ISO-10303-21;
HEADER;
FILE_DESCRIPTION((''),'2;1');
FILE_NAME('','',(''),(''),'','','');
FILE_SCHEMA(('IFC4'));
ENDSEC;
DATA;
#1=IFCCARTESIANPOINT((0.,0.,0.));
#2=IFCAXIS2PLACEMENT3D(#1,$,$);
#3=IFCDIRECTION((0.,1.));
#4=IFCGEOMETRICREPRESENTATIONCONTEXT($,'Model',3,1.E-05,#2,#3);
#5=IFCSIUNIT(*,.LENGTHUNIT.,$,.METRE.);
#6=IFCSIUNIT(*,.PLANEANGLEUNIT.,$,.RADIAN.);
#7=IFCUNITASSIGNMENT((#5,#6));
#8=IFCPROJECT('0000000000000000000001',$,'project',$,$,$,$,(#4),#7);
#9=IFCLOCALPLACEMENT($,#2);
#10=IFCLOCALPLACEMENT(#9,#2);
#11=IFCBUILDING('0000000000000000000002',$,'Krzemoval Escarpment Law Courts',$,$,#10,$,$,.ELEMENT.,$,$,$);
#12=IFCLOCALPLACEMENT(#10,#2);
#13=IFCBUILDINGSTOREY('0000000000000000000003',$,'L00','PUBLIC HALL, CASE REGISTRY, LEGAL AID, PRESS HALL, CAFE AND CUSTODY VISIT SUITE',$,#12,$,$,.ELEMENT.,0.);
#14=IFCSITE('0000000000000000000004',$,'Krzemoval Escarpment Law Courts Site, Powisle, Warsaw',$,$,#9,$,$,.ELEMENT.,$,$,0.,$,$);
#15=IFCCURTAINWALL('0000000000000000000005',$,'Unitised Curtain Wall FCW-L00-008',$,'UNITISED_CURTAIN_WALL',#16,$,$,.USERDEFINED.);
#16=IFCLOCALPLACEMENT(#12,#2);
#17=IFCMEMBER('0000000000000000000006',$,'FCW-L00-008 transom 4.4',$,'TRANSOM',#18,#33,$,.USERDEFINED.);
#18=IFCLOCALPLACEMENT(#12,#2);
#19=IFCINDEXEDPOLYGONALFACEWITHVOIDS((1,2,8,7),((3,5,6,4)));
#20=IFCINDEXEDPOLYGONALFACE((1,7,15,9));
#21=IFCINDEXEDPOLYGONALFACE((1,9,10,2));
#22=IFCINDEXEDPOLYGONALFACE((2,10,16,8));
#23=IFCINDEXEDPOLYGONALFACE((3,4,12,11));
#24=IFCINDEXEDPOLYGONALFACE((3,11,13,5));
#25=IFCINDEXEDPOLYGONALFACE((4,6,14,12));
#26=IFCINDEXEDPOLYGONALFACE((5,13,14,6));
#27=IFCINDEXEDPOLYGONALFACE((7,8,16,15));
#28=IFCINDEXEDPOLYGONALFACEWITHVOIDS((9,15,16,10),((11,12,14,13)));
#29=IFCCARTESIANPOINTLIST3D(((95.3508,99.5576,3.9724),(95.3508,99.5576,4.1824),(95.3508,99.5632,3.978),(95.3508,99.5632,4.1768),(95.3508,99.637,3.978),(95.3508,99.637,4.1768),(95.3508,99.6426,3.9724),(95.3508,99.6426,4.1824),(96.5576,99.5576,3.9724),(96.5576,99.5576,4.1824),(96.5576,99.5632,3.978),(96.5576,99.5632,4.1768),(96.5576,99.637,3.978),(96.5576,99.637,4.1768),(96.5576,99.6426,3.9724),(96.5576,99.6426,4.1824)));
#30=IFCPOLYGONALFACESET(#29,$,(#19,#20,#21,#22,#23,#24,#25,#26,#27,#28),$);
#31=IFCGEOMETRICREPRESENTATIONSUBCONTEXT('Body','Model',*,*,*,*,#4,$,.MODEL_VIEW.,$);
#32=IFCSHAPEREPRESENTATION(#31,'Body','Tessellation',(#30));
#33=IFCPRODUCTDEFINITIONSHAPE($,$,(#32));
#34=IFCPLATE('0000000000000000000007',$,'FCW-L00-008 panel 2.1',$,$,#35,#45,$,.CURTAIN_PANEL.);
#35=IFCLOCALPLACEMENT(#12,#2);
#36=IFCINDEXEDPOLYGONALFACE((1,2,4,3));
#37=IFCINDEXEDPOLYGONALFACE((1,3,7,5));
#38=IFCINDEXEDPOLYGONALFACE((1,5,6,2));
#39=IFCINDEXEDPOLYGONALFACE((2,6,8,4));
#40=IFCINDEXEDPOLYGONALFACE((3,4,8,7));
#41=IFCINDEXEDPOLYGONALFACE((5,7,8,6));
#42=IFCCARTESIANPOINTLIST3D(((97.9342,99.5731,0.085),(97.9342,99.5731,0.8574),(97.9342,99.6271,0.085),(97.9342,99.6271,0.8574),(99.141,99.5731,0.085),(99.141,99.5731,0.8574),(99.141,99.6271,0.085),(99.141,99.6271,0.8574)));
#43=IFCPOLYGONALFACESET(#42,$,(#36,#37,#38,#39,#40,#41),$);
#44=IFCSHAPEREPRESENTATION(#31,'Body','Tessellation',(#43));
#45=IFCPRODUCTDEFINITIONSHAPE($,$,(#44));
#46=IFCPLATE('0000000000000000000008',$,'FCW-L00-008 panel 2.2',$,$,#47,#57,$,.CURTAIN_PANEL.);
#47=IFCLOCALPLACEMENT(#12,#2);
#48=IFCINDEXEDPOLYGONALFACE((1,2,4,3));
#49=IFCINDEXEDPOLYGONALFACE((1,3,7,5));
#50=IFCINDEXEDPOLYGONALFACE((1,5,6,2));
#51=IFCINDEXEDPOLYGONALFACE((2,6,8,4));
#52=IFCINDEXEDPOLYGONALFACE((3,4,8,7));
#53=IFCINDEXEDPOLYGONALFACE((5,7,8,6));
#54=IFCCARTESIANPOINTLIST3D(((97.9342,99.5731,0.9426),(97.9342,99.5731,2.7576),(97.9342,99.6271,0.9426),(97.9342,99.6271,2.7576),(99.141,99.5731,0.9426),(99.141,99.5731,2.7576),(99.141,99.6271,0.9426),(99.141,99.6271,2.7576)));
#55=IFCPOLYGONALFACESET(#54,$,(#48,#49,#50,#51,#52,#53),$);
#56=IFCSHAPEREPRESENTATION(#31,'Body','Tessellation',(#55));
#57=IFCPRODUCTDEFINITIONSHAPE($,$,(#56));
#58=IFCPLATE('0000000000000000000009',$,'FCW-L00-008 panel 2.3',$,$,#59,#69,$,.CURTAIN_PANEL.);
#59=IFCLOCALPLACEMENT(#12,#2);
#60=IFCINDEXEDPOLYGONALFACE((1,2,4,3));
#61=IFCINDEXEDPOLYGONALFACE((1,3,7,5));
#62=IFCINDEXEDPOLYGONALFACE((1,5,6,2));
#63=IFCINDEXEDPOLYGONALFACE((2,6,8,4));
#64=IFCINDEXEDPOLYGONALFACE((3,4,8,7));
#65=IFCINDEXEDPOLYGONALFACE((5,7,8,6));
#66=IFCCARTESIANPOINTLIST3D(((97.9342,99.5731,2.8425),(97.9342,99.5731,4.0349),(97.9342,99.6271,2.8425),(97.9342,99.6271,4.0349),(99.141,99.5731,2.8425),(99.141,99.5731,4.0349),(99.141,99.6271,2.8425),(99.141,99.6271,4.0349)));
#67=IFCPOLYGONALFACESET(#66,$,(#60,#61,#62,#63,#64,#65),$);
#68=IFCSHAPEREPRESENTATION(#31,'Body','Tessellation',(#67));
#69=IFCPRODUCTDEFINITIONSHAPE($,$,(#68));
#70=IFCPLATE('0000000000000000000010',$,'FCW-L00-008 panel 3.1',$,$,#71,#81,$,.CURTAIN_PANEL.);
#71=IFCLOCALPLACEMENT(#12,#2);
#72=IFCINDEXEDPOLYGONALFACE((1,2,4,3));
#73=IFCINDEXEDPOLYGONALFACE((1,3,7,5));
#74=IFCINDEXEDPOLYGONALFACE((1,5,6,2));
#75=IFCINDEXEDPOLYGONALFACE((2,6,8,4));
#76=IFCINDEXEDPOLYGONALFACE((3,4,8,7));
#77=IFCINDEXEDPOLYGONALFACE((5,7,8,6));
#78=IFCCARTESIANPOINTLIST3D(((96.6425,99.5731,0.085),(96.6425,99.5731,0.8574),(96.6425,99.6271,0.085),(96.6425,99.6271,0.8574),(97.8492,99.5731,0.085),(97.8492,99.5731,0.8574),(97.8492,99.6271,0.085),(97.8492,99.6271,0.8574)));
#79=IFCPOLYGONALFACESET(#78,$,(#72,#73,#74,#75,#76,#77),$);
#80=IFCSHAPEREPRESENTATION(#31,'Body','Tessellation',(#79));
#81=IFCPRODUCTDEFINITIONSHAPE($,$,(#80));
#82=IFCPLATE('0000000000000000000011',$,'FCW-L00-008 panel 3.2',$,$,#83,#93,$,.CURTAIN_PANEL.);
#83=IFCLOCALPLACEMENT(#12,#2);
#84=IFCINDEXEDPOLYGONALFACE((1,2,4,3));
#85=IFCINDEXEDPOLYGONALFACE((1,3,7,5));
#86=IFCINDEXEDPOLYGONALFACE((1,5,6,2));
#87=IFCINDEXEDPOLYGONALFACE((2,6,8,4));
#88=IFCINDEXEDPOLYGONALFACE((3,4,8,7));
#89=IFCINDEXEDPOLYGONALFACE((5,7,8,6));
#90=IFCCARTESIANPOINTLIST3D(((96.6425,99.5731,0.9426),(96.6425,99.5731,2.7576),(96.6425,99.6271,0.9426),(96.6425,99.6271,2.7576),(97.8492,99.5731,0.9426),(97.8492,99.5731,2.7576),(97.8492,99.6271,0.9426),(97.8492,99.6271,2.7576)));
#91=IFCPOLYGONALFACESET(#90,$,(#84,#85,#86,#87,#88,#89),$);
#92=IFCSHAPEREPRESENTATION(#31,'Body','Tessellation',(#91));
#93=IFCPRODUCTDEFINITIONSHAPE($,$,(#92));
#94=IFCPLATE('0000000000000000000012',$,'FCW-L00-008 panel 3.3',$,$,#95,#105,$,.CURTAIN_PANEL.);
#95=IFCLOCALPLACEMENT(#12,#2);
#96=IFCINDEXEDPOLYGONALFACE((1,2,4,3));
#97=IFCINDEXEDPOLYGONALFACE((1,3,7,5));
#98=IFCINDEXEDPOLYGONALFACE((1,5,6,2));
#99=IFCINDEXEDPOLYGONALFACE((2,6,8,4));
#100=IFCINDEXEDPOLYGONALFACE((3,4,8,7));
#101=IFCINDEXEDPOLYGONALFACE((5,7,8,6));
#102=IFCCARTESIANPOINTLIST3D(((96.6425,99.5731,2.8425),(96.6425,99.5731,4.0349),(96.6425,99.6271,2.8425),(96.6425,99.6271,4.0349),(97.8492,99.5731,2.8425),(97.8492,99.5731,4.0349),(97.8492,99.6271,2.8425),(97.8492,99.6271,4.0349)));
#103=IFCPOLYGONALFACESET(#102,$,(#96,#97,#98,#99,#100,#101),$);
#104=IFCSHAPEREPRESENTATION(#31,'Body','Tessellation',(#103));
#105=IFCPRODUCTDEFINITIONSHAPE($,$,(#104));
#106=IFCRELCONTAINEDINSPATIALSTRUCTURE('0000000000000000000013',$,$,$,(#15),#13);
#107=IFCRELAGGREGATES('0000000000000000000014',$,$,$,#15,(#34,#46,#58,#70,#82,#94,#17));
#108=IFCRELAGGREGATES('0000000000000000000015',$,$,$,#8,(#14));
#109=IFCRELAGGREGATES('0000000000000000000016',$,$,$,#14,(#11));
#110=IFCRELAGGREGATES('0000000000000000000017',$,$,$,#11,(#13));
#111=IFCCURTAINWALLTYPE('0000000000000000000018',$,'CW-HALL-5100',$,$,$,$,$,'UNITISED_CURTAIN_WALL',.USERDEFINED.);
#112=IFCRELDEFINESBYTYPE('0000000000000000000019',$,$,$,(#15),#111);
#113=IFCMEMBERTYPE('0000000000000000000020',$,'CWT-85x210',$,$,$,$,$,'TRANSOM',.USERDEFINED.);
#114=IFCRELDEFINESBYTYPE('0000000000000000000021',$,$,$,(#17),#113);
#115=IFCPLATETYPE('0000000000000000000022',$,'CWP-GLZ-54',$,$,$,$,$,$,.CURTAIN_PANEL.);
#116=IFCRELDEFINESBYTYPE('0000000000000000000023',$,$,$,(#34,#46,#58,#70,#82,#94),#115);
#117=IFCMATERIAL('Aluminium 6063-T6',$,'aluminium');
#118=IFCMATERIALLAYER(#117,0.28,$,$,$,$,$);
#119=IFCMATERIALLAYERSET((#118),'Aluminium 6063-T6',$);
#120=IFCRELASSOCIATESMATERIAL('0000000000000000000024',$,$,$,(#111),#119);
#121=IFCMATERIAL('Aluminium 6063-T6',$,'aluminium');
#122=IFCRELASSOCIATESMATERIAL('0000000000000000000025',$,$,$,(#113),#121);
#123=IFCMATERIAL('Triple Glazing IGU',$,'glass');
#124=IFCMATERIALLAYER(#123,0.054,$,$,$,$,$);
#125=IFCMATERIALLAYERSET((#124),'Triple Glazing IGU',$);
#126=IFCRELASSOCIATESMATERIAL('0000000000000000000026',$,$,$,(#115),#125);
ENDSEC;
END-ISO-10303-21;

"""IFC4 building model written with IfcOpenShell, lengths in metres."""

from ifc_helpers import new_model, si_unit, direction, frame, origin, origin_2d, place, context, subcontext, project, spatial, rectangle, hollow_rectangle, extrude, material, layer, layer_set, material_profile, profile_set, type_object, element, aggregate, save


model = new_model("IFC4")

# Units and contexts
model_context = context("Model", 3, precision=1e-05, world=origin(), true_north=direction((0.0, 1.0)))
body_context = subcontext(model_context, "Body", "Model", "MODEL_VIEW")
ifc_project = project(units=[si_unit("LENGTHUNIT", "METRE"), si_unit("PLANEANGLEUNIT", "RADIAN")], contexts=[model_context])

# Site, building, storey
site_placement = place(None, origin())
site = spatial("IfcSite", under=ifc_project, at=site_placement, Name="Krzemoval Escarpment Law Courts Site, Powisle, Warsaw", CompositionType="ELEMENT", RefElevation=0.0)
building_placement = place(site_placement, origin())
building = spatial("IfcBuilding", under=site, at=building_placement, Name="Krzemoval Escarpment Law Courts", CompositionType="ELEMENT")
storey_placement = place(building_placement, origin())
storey = spatial("IfcBuildingStorey", under=building, at=storey_placement, Name="L00", Description="PUBLIC HALL, CASE REGISTRY, LEGAL AID, PRESS HALL, CAFE AND CUSTODY VISIT SUITE", CompositionType="ELEMENT", Elevation=0.0)

# Curtain wall, member, plates
ifc_material_1 = material(Name="Aluminium 6063-T6", Category="aluminium")
ifc_layer_1 = layer(ifc_material_1, 0.28)
ifc_layer_set_1 = layer_set([ifc_layer_1], Name="Aluminium 6063-T6")
curtain_wall_type = type_object("IfcCurtainWallType", Name="CW-HALL-5100", ElementType="UNITISED_CURTAIN_WALL", PredefinedType="USERDEFINED", material=ifc_layer_set_1)
curtain_wall_placement = place(storey_placement, origin())
curtain_wall = element("IfcCurtainWall", 1, at=curtain_wall_placement, inside=storey, type_object=curtain_wall_type, Name="Unitised Curtain Wall FCW-L00-008", ObjectType="UNITISED_CURTAIN_WALL", PredefinedType="USERDEFINED")
ifc_material_2 = material(Name="Aluminium 6063-T6", Category="aluminium")
ifc_material_profile_1 = material_profile(ifc_material_2, hollow_rectangle(XDim=0.085, YDim=0.21, WallThickness=0.0056, at=origin_2d()), Name="ALU T85x210")
ifc_profile_set_1 = profile_set([ifc_material_profile_1], Name="Aluminium 6063-T6")
member_type_1 = type_object("IfcMemberType", Name="CWT-85x210", ElementType="TRANSOM", PredefinedType="USERDEFINED", material=ifc_profile_set_1)
member_1_placement = place(storey_placement, frame((96.5576, 99.6001, 4.0774), z_axis=(-1.0, 0.0, 0.0), x_axis=(0.0, -1.0, 0.0)))
member_1 = element("IfcMember", 2, at=member_1_placement, type_object=member_type_1, Name="FCW-L00-008 transom 4.4", ObjectType="TRANSOM", PredefinedType="USERDEFINED", context=body_context, shape_type="SweptSolid", body=[
    extrude(hollow_rectangle(XDim=0.085, YDim=0.21, WallThickness=0.0056, at=origin_2d()), origin(), (0.0, 0.0, 1.0), 1.2068),
])
ifc_material_3 = material(Name="Triple Glazing IGU", Category="glass")
ifc_layer_2 = layer(ifc_material_3, 0.054)
ifc_layer_set_2 = layer_set([ifc_layer_2], Name="Triple Glazing IGU")
plate_type = type_object("IfcPlateType", Name="CWP-GLZ-54", PredefinedType="CURTAIN_PANEL", material=ifc_layer_set_2)
plate_1_placement = place(storey_placement, frame((98.5376, 99.6001, 0.085), z_axis=(0.0, 0.0, 1.0), x_axis=(-1.0, 0.0, 0.0)))
plate_1 = element("IfcPlate", 3, at=plate_1_placement, type_object=plate_type, Name="FCW-L00-008 panel 2.1", PredefinedType="CURTAIN_PANEL", context=body_context, shape_type="SweptSolid", body=[
    extrude(rectangle(XDim=1.2068, YDim=0.054, at=origin_2d()), origin(), (0.0, 0.0, 1.0), 0.7725),
])
plate_2_placement = place(storey_placement, frame((98.5376, 99.6001, 0.9426), z_axis=(0.0, 0.0, 1.0), x_axis=(-1.0, 0.0, 0.0)))
plate_2 = element("IfcPlate", 4, at=plate_2_placement, type_object=plate_type, Name="FCW-L00-008 panel 2.2", PredefinedType="CURTAIN_PANEL", context=body_context, shape_type="SweptSolid", body=[
    extrude(rectangle(XDim=1.2068, YDim=0.054, at=origin_2d()), origin(), (0.0, 0.0, 1.0), 1.8149),
])
plate_3_placement = place(storey_placement, frame((98.5376, 99.6001, 2.8425), z_axis=(0.0, 0.0, 1.0), x_axis=(-1.0, 0.0, 0.0)))
plate_3 = element("IfcPlate", 5, at=plate_3_placement, type_object=plate_type, Name="FCW-L00-008 panel 2.3", PredefinedType="CURTAIN_PANEL", context=body_context, shape_type="SweptSolid", body=[
    extrude(rectangle(XDim=1.2068, YDim=0.054, at=origin_2d()), origin(), (0.0, 0.0, 1.0), 1.1924),
])
plate_4_placement = place(storey_placement, frame((97.2458, 99.6001, 0.085), z_axis=(0.0, 0.0, 1.0), x_axis=(-1.0, 0.0, 0.0)))
plate_4 = element("IfcPlate", 6, at=plate_4_placement, type_object=plate_type, Name="FCW-L00-008 panel 3.1", PredefinedType="CURTAIN_PANEL", context=body_context, shape_type="SweptSolid", body=[
    extrude(rectangle(XDim=1.2068, YDim=0.054, at=origin_2d()), origin(), (0.0, 0.0, 1.0), 0.7725),
])
plate_5_placement = place(storey_placement, frame((97.2458, 99.6001, 0.9426), z_axis=(0.0, 0.0, 1.0), x_axis=(-1.0, 0.0, 0.0)))
plate_5 = element("IfcPlate", 7, at=plate_5_placement, type_object=plate_type, Name="FCW-L00-008 panel 3.2", PredefinedType="CURTAIN_PANEL", context=body_context, shape_type="SweptSolid", body=[
    extrude(rectangle(XDim=1.2068, YDim=0.054, at=origin_2d()), origin(), (0.0, 0.0, 1.0), 1.8149),
])
plate_6_placement = place(storey_placement, frame((97.2458, 99.6001, 2.8425), z_axis=(0.0, 0.0, 1.0), x_axis=(-1.0, 0.0, 0.0)))
plate_6 = element("IfcPlate", 8, at=plate_6_placement, type_object=plate_type, Name="FCW-L00-008 panel 3.3", PredefinedType="CURTAIN_PANEL", context=body_context, shape_type="SweptSolid", body=[
    extrude(rectangle(XDim=1.2068, YDim=0.054, at=origin_2d()), origin(), (0.0, 0.0, 1.0), 1.1924),
])
aggregate(curtain_wall, [plate_1, plate_2, plate_3, plate_4, plate_5, plate_6, member_1])

save(model, "model.ifc")
